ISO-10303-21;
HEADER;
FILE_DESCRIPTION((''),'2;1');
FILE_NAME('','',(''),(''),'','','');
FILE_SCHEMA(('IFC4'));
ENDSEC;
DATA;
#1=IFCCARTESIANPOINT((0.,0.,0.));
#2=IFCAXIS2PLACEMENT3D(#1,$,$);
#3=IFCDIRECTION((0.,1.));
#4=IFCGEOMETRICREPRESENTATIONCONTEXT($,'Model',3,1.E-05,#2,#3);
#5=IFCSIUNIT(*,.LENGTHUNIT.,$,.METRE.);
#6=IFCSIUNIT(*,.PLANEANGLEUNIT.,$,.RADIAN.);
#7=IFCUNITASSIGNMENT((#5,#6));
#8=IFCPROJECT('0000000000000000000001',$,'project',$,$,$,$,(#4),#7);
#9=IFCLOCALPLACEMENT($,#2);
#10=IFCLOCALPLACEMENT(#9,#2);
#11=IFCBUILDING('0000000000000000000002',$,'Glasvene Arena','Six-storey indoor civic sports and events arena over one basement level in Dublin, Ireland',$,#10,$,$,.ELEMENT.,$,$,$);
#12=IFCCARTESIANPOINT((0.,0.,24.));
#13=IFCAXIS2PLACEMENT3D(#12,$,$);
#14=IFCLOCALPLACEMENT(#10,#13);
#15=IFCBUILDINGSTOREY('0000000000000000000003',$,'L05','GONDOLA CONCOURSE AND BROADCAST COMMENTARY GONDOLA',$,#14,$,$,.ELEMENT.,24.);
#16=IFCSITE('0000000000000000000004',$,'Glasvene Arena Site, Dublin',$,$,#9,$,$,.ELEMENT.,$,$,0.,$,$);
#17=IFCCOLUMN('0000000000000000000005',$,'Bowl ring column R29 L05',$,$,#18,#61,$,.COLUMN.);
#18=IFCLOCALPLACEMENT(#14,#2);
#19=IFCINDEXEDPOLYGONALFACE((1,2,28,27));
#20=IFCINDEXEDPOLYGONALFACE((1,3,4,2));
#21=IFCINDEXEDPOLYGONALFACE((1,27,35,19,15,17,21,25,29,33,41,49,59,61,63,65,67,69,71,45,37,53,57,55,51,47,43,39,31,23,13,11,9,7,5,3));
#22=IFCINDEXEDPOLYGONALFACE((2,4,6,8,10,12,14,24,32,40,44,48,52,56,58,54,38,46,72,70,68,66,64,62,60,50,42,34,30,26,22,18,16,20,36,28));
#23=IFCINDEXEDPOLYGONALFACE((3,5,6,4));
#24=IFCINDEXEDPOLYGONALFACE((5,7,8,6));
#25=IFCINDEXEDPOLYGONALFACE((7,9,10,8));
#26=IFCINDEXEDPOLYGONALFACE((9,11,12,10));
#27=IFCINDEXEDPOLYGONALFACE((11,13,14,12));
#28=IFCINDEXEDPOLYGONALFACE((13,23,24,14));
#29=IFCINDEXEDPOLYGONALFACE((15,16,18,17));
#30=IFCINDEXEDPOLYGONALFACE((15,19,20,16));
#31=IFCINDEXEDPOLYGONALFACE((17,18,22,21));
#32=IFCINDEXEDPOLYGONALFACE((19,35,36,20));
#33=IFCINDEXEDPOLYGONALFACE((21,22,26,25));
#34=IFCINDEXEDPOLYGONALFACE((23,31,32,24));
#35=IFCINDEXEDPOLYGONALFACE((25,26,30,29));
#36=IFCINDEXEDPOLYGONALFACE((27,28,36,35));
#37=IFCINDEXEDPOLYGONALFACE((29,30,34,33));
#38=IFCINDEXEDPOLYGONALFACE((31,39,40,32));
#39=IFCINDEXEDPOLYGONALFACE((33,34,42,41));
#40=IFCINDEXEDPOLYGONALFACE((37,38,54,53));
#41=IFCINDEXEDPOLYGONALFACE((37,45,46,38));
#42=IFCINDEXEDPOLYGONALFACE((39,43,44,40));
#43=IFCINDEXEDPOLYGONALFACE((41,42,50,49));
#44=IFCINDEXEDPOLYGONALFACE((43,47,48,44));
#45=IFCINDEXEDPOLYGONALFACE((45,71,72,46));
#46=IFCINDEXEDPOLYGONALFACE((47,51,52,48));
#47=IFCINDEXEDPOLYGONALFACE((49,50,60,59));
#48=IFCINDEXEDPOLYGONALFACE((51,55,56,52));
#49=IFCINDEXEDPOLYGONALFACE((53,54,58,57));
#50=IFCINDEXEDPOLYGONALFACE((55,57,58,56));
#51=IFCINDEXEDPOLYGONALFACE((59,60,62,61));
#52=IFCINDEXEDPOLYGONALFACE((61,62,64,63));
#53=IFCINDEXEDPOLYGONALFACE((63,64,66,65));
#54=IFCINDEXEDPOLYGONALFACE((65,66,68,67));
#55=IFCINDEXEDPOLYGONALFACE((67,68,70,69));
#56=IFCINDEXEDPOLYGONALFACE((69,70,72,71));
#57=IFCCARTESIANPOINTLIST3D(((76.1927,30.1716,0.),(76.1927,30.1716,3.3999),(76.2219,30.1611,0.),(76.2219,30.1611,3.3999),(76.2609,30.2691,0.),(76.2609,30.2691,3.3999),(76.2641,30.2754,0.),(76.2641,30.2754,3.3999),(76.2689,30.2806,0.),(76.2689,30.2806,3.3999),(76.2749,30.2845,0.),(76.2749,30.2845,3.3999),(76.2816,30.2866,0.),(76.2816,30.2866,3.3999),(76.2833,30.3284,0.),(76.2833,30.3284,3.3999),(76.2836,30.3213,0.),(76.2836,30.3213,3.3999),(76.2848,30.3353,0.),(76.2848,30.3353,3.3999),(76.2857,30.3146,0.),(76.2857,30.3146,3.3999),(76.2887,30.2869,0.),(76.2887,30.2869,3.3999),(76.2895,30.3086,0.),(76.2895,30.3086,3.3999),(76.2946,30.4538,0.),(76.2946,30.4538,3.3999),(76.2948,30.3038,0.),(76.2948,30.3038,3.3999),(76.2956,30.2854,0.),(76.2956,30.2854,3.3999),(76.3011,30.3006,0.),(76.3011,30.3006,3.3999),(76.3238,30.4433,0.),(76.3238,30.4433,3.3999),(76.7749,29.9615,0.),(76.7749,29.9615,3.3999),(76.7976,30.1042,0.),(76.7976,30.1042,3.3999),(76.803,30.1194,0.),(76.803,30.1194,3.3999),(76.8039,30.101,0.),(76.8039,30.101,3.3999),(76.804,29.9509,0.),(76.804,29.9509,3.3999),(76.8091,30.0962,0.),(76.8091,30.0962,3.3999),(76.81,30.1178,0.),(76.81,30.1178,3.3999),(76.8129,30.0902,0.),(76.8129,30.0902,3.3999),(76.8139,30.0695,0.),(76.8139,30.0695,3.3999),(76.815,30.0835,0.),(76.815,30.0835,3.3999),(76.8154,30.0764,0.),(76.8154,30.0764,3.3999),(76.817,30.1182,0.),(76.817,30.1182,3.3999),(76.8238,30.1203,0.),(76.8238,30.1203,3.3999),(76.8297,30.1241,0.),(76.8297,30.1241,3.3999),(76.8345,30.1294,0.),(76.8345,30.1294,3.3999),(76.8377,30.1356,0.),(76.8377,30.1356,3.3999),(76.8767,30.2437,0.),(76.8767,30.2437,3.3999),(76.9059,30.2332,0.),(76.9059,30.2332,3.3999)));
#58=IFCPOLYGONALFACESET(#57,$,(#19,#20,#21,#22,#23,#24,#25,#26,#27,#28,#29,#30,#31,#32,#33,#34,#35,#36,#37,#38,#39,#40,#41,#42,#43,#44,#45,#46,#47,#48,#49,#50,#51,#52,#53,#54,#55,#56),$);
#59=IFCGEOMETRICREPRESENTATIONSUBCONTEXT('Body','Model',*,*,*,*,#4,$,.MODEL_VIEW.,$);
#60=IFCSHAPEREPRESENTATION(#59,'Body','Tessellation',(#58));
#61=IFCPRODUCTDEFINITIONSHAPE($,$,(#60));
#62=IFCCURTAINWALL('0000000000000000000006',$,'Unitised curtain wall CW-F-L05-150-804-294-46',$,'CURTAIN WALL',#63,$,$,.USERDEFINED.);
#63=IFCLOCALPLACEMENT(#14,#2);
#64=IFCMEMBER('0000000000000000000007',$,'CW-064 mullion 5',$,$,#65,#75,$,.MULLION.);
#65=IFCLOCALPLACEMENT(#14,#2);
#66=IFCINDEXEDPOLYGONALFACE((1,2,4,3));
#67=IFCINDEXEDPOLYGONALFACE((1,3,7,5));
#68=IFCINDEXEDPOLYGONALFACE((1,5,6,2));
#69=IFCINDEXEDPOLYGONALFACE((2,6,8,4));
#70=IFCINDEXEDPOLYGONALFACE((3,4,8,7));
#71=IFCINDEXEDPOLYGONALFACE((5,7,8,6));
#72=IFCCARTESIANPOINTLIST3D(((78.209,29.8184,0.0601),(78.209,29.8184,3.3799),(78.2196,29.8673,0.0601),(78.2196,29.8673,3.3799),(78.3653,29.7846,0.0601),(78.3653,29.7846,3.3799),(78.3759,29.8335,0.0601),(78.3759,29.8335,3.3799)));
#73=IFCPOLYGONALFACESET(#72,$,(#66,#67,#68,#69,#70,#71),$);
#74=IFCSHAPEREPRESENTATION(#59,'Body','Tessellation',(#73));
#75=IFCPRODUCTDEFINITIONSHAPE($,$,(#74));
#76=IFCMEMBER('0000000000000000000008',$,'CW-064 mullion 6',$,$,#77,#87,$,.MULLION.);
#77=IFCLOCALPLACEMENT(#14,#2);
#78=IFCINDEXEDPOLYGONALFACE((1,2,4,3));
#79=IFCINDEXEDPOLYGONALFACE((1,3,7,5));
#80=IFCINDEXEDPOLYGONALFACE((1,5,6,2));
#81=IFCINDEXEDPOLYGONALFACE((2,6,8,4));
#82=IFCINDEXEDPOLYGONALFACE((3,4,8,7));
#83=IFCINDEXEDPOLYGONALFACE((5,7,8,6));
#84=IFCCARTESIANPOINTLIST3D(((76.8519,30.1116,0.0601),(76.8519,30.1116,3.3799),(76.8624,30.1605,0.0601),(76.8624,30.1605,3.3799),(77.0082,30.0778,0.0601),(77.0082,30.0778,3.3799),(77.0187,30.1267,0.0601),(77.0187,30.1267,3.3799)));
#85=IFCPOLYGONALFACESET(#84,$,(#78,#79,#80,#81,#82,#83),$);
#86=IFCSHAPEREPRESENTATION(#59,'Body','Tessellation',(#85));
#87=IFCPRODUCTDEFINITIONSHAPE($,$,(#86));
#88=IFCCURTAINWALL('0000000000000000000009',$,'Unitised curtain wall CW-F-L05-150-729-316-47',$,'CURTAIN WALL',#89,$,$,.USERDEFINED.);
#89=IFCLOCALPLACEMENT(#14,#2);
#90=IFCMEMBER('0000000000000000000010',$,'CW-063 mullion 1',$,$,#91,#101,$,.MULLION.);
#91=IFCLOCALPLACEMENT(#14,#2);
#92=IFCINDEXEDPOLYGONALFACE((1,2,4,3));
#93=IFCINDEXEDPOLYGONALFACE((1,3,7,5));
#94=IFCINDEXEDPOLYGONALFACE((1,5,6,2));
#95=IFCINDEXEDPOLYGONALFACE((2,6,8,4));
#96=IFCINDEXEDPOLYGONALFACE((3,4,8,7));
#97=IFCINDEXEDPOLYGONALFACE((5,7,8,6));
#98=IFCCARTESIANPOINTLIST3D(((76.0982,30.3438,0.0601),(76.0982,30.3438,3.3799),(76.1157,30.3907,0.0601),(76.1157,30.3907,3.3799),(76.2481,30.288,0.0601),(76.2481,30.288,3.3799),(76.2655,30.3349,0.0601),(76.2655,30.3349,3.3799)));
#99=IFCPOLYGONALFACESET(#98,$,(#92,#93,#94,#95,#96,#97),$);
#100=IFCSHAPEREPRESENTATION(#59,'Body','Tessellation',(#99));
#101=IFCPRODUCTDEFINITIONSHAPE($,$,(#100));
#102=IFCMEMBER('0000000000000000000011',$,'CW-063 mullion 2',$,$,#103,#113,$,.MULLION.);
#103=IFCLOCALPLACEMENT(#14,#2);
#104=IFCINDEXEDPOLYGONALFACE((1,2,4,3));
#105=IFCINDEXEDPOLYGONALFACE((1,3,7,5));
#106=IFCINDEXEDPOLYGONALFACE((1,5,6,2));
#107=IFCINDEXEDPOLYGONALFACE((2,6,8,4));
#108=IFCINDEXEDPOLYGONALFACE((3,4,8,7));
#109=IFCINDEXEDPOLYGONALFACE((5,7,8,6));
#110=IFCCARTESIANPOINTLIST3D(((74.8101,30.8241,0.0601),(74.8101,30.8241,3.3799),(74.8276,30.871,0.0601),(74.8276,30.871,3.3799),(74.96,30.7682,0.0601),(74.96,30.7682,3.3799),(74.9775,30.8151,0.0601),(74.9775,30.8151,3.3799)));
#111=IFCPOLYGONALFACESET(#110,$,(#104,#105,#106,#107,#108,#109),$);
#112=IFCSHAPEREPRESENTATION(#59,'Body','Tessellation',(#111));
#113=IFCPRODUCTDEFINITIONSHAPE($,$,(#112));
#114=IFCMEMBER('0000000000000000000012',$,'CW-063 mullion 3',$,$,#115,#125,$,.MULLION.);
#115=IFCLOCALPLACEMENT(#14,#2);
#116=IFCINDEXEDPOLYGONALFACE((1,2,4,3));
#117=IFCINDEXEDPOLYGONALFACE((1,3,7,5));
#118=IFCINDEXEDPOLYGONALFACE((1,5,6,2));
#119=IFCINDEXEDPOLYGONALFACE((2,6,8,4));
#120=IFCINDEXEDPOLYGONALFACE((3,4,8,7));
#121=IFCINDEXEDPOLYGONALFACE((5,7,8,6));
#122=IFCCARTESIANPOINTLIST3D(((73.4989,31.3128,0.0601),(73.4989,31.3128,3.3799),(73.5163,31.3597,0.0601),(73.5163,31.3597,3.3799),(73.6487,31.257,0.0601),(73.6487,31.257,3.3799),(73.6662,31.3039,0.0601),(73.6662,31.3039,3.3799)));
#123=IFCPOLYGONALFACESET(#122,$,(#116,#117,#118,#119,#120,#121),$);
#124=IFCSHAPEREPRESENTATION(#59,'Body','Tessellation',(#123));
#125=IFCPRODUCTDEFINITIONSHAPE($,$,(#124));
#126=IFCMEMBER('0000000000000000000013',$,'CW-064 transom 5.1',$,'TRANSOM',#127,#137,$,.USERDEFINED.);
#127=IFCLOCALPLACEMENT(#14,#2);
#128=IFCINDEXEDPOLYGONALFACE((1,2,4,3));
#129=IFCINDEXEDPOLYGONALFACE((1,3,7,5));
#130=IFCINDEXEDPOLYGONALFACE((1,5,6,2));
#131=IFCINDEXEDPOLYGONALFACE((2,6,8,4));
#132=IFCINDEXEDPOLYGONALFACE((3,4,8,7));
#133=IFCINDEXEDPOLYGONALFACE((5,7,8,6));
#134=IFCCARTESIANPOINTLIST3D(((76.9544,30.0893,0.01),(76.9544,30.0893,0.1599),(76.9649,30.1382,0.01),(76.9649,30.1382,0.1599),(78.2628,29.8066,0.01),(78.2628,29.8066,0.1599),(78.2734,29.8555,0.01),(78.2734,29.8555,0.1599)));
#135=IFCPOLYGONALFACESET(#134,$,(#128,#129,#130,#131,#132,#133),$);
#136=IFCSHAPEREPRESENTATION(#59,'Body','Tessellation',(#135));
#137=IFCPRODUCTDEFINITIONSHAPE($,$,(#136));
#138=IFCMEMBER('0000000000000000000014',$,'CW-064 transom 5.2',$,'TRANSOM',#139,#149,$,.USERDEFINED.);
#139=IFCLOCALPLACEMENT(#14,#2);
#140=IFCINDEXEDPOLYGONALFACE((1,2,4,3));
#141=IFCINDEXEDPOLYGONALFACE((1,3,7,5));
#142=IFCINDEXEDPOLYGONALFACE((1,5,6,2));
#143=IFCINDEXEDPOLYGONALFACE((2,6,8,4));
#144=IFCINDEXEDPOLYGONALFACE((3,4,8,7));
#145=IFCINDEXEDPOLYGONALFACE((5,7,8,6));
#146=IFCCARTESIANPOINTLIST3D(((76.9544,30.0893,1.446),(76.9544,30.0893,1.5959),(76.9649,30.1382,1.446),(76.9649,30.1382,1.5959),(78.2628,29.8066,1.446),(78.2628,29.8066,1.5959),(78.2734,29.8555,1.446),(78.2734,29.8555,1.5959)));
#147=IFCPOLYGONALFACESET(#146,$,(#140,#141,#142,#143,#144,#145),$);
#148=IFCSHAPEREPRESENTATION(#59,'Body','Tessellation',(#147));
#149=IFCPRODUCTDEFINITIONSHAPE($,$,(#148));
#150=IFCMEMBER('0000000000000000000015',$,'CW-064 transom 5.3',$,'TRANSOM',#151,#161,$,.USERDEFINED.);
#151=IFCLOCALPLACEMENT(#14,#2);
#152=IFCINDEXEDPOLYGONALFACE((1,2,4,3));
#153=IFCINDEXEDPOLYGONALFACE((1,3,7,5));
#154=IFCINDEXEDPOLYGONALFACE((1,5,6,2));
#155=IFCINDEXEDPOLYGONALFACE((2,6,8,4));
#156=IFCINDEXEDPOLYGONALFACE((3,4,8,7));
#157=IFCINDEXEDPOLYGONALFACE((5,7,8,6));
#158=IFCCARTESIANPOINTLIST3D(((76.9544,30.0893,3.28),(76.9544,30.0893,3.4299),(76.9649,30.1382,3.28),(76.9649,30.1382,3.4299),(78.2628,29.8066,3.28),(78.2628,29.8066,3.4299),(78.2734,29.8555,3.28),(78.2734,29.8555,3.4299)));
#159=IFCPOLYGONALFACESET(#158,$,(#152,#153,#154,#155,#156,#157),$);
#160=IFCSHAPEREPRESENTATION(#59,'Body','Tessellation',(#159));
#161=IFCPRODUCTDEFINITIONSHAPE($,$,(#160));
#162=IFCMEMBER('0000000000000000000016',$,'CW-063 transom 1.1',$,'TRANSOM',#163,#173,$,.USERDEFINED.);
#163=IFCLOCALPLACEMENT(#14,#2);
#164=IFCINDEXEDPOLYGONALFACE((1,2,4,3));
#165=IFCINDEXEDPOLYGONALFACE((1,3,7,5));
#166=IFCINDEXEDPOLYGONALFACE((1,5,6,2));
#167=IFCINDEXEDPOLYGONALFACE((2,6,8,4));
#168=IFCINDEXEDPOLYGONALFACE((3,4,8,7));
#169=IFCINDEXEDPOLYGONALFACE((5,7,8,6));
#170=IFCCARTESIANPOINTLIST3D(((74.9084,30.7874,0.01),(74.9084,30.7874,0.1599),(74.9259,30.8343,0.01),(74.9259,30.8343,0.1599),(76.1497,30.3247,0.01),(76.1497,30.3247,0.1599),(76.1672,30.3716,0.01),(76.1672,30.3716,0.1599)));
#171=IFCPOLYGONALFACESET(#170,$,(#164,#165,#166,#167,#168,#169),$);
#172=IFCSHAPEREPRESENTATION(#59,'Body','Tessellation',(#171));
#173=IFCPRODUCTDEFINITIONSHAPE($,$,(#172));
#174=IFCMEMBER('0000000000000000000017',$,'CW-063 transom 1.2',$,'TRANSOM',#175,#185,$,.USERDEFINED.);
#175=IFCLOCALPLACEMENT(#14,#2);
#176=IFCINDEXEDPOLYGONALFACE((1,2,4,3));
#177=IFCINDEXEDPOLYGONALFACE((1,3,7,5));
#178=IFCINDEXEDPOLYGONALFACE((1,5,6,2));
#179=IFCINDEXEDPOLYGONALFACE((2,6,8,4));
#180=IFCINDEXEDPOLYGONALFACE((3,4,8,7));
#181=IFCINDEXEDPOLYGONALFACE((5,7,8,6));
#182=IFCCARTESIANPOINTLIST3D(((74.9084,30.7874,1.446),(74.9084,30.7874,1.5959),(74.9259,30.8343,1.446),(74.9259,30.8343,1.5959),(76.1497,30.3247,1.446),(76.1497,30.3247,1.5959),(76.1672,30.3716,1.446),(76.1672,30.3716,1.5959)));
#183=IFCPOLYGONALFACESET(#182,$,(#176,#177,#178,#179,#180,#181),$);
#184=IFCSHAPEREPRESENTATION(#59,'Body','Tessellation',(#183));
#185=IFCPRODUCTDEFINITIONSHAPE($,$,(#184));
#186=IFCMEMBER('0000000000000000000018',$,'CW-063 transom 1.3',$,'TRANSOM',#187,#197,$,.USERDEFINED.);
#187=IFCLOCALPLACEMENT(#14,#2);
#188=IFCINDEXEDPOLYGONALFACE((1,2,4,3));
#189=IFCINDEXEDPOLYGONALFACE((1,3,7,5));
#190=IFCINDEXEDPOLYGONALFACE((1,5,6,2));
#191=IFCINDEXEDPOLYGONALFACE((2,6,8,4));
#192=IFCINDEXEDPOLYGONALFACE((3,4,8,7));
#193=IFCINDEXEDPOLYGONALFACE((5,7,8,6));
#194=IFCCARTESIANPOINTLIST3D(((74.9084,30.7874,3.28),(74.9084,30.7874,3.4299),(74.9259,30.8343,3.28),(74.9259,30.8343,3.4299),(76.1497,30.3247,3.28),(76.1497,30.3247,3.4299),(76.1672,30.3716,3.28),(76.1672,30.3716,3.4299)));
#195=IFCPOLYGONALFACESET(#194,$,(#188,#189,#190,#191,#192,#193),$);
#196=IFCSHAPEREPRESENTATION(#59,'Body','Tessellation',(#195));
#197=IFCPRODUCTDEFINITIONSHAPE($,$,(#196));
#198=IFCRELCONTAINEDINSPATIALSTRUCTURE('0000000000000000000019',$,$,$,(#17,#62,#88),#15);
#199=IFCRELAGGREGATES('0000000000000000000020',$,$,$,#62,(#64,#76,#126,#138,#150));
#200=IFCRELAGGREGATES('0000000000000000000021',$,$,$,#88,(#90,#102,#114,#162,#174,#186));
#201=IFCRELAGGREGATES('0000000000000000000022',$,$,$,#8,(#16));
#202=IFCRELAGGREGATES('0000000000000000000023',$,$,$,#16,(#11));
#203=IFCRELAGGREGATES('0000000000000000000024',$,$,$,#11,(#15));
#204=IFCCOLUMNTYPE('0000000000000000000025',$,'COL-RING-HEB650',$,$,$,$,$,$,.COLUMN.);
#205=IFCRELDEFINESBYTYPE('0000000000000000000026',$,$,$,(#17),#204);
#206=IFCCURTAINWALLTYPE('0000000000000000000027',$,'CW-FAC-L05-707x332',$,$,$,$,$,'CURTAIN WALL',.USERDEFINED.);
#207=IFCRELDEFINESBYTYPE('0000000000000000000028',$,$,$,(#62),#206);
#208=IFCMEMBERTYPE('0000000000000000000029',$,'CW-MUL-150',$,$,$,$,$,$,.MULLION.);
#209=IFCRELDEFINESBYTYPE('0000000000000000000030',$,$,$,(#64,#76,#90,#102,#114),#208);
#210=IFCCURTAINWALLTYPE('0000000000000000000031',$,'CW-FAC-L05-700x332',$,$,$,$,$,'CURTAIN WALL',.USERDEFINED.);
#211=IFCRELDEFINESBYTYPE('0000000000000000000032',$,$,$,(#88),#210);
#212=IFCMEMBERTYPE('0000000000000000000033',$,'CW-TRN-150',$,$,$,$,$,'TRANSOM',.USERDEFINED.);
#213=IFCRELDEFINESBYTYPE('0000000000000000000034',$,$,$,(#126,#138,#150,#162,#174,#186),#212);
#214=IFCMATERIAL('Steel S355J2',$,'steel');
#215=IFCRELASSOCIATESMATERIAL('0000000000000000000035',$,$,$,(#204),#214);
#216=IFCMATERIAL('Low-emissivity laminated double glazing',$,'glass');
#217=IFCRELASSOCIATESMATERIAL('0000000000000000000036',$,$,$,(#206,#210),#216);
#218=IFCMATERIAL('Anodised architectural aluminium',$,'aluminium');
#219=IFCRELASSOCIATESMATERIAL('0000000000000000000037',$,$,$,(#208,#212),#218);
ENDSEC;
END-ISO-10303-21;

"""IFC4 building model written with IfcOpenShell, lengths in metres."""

from ifc_helpers import new_model, si_unit, direction, frame, origin, origin_2d, place, context, subcontext, project, spatial, rectangle, i_section, extrude, material, material_profile, profile_set, type_object, element, aggregate, save


model = new_model("IFC4")

# Units and contexts
model_context = context("Model", 3, precision=1e-05, world=origin(), true_north=direction((0.0, 1.0)))
body_context = subcontext(model_context, "Body", "Model", "MODEL_VIEW")
ifc_project = project(units=[si_unit("LENGTHUNIT", "METRE"), si_unit("PLANEANGLEUNIT", "RADIAN")], contexts=[model_context])

# Site, building, storey
site_placement = place(None, origin())
site = spatial("IfcSite", under=ifc_project, at=site_placement, Name="Glasvene Arena Site, Dublin", CompositionType="ELEMENT", RefElevation=0.0)
building_placement = place(site_placement, origin())
building = spatial("IfcBuilding", under=site, at=building_placement, Name="Glasvene Arena", Description="Six-storey indoor civic sports and events arena over one basement level in Dublin, Ireland", CompositionType="ELEMENT")
storey_placement = place(building_placement, frame((0.0, 0.0, 24.0)))
storey = spatial("IfcBuildingStorey", under=building, at=storey_placement, Name="L05", Description="GONDOLA CONCOURSE AND BROADCAST COMMENTARY GONDOLA", CompositionType="ELEMENT", Elevation=24.0)

# Column
ifc_material_1 = material(Name="Steel S355J2", Category="steel")
ifc_material_profile_1 = material_profile(ifc_material_1, i_section(OverallWidth=0.3, OverallDepth=0.6499, WebThickness=0.0161, FlangeThickness=0.031, FilletRadius=0.0271, at=origin_2d()), Name="HEB 650")
ifc_profile_set_1 = profile_set([ifc_material_profile_1], Name="Steel S355J2")
column_type = type_object("IfcColumnType", Name="COL-RING-HEB650", PredefinedType="COLUMN", material=ifc_profile_set_1)
column_placement = place(storey_placement, frame((76.5493, 30.2024, 0.0), z_axis=(0.0, 0.0, 1.0), x_axis=(-0.339559, -0.940585, 0.0)))
element("IfcColumn", 1, at=column_placement, inside=storey, type_object=column_type, Name="Bowl ring column R29 L05", PredefinedType="COLUMN", context=body_context, shape_type="SweptSolid", body=[
    extrude(i_section(OverallWidth=0.3, OverallDepth=0.6499, WebThickness=0.0161, FlangeThickness=0.031, FilletRadius=0.0271, at=origin_2d()), origin(), (0.0, 0.0, 1.0), 3.3999),
])

# Curtain walls, members
ifc_material_2 = material(Name="Low-emissivity laminated double glazing", Category="glass")
curtain_wall_type_1 = type_object("IfcCurtainWallType", Name="CW-FAC-L05-707x332", ElementType="CURTAIN WALL", PredefinedType="USERDEFINED", material=ifc_material_2)
curtain_wall_1_placement = place(storey_placement, frame((83.8193, 28.6316, 0.0)))
curtain_wall_1 = element("IfcCurtainWall", 2, at=curtain_wall_1_placement, inside=storey, type_object=curtain_wall_type_1, Name="Unitised curtain wall CW-F-L05-150-804-294-46", ObjectType="CURTAIN WALL", PredefinedType="USERDEFINED")
ifc_material_3 = material(Name="Anodised architectural aluminium", Category="aluminium")
ifc_material_profile_2 = material_profile(ifc_material_3, rectangle(XDim=0.05, YDim=0.1599, at=origin_2d()), Name="ALU MULLION 50x160")
ifc_profile_set_2 = profile_set([ifc_material_profile_2], Name="Anodised architectural aluminium")
member_type_1 = type_object("IfcMemberType", Name="CW-MUL-150", PredefinedType="MULLION", material=ifc_profile_set_2)
member_1_placement = place(storey_placement, frame((78.2925, 29.8259, 0.0601), z_axis=(0.0, 0.0, 1.0), x_axis=(-0.211221, -0.977438, 0.0)))
member_1 = element("IfcMember", 3, at=member_1_placement, type_object=member_type_1, Name="CW-064 mullion 5", PredefinedType="MULLION", context=body_context, shape_type="SweptSolid", body=[
    extrude(rectangle(XDim=0.05, YDim=0.1599, at=origin_2d()), origin(), (0.0, 0.0, 1.0), 3.3198),
])
member_2_placement = place(storey_placement, frame((76.9353, 30.1191, 0.0601), z_axis=(0.0, 0.0, 1.0), x_axis=(-0.211221, -0.977438, 0.0)))
member_2 = element("IfcMember", 4, at=member_2_placement, type_object=member_type_1, Name="CW-064 mullion 6", PredefinedType="MULLION", context=body_context, shape_type="SweptSolid", body=[
    extrude(rectangle(XDim=0.05, YDim=0.1599, at=origin_2d()), origin(), (0.0, 0.0, 1.0), 3.3198),
])
curtain_wall_type_2 = type_object("IfcCurtainWallType", Name="CW-FAC-L05-700x332", ElementType="CURTAIN WALL", PredefinedType="USERDEFINED", material=ifc_material_2)
curtain_wall_2_placement = place(storey_placement, frame((76.2053, 30.3308, 0.0)))
curtain_wall_2 = element("IfcCurtainWall", 5, at=curtain_wall_2_placement, inside=storey, type_object=curtain_wall_type_2, Name="Unitised curtain wall CW-F-L05-150-729-316-47", ObjectType="CURTAIN WALL", PredefinedType="USERDEFINED")
member_3_placement = place(storey_placement, frame((76.1819, 30.3394, 0.0601), z_axis=(0.0, 0.0, 1.0), x_axis=(-0.349297, -0.937012, 0.0)))
member_3 = element("IfcMember", 6, at=member_3_placement, type_object=member_type_1, Name="CW-063 mullion 1", PredefinedType="MULLION", context=body_context, shape_type="SweptSolid", body=[
    extrude(rectangle(XDim=0.05, YDim=0.1599, at=origin_2d()), origin(), (0.0, 0.0, 1.0), 3.3198),
])
member_4_placement = place(storey_placement, frame((74.8938, 30.8196, 0.0601), z_axis=(0.0, 0.0, 1.0), x_axis=(-0.349297, -0.937012, 0.0)))
member_4 = element("IfcMember", 7, at=member_4_placement, type_object=member_type_1, Name="CW-063 mullion 2", PredefinedType="MULLION", context=body_context, shape_type="SweptSolid", body=[
    extrude(rectangle(XDim=0.05, YDim=0.1599, at=origin_2d()), origin(), (0.0, 0.0, 1.0), 3.3198),
])
member_5_placement = place(storey_placement, frame((73.5825, 31.3083, 0.0601), z_axis=(0.0, 0.0, 1.0), x_axis=(-0.349297, -0.937012, 0.0)))
member_5 = element("IfcMember", 8, at=member_5_placement, type_object=member_type_1, Name="CW-063 mullion 3", PredefinedType="MULLION", context=body_context, shape_type="SweptSolid", body=[
    extrude(rectangle(XDim=0.05, YDim=0.1599, at=origin_2d()), origin(), (0.0, 0.0, 1.0), 3.3198),
])

# Members
ifc_material_profile_3 = material_profile(ifc_material_3, rectangle(XDim=0.05, YDim=0.1499, at=origin_2d()), Name="ALU TRANSOM 50x150")
ifc_profile_set_3 = profile_set([ifc_material_profile_3], Name="Anodised architectural aluminium")
member_type_2 = type_object("IfcMemberType", Name="CW-TRN-150", ElementType="TRANSOM", PredefinedType="USERDEFINED", material=ifc_profile_set_3)
member_6_placement = place(storey_placement, frame((78.2681, 29.8311, 0.085), z_axis=(-0.977441, 0.21121, 0.0), x_axis=(-0.21121, -0.977441, 0.0)))
member_6 = element("IfcMember", 9, at=member_6_placement, type_object=member_type_2, Name="CW-064 transom 5.1", ObjectType="TRANSOM", PredefinedType="USERDEFINED", context=body_context, shape_type="SweptSolid", body=[
    extrude(rectangle(XDim=0.05, YDim=0.1499, at=origin_2d()), origin(), (0.0, 0.0, 1.0), 1.3386),
])
member_7_placement = place(storey_placement, frame((78.2681, 29.8311, 1.521), z_axis=(-0.977441, 0.21121, 0.0), x_axis=(-0.21121, -0.977441, 0.0)))
member_7 = element("IfcMember", 10, at=member_7_placement, type_object=member_type_2, Name="CW-064 transom 5.2", ObjectType="TRANSOM", PredefinedType="USERDEFINED", context=body_context, shape_type="SweptSolid", body=[
    extrude(rectangle(XDim=0.05, YDim=0.1499, at=origin_2d()), origin(), (0.0, 0.0, 1.0), 1.3386),
])
member_8_placement = place(storey_placement, frame((78.2681, 29.8311, 3.355), z_axis=(-0.977441, 0.21121, 0.0), x_axis=(-0.21121, -0.977441, 0.0)))
member_8 = element("IfcMember", 11, at=member_8_placement, type_object=member_type_2, Name="CW-064 transom 5.3", ObjectType="TRANSOM", PredefinedType="USERDEFINED", context=body_context, shape_type="SweptSolid", body=[
    extrude(rectangle(XDim=0.05, YDim=0.1499, at=origin_2d()), origin(), (0.0, 0.0, 1.0), 1.3386),
])
member_9_placement = place(storey_placement, frame((76.1584, 30.3481, 0.085), z_axis=(-0.937024, 0.349265, 0.0), x_axis=(-0.349265, -0.937024, 0.0)))
member_9 = element("IfcMember", 12, at=member_9_placement, type_object=member_type_2, Name="CW-063 transom 1.1", ObjectType="TRANSOM", PredefinedType="USERDEFINED", context=body_context, shape_type="SweptSolid", body=[
    extrude(rectangle(XDim=0.05, YDim=0.1499, at=origin_2d()), origin(), (0.0, 0.0, 1.0), 1.3247),
])
member_10_placement = place(storey_placement, frame((76.1584, 30.3481, 1.521), z_axis=(-0.937024, 0.349265, 0.0), x_axis=(-0.349265, -0.937024, 0.0)))
member_10 = element("IfcMember", 13, at=member_10_placement, type_object=member_type_2, Name="CW-063 transom 1.2", ObjectType="TRANSOM", PredefinedType="USERDEFINED", context=body_context, shape_type="SweptSolid", body=[
    extrude(rectangle(XDim=0.05, YDim=0.1499, at=origin_2d()), origin(), (0.0, 0.0, 1.0), 1.3247),
])
member_11_placement = place(storey_placement, frame((76.1584, 30.3481, 3.355), z_axis=(-0.937024, 0.349265, 0.0), x_axis=(-0.349265, -0.937024, 0.0)))
member_11 = element("IfcMember", 14, at=member_11_placement, type_object=member_type_2, Name="CW-063 transom 1.3", ObjectType="TRANSOM", PredefinedType="USERDEFINED", context=body_context, shape_type="SweptSolid", body=[
    extrude(rectangle(XDim=0.05, YDim=0.1499, at=origin_2d()), origin(), (0.0, 0.0, 1.0), 1.3247),
])

aggregate(curtain_wall_1, [member_1, member_2, member_6, member_7, member_8])
aggregate(curtain_wall_2, [member_3, member_4, member_5, member_9, member_10, member_11])

save(model, "model.ifc")
